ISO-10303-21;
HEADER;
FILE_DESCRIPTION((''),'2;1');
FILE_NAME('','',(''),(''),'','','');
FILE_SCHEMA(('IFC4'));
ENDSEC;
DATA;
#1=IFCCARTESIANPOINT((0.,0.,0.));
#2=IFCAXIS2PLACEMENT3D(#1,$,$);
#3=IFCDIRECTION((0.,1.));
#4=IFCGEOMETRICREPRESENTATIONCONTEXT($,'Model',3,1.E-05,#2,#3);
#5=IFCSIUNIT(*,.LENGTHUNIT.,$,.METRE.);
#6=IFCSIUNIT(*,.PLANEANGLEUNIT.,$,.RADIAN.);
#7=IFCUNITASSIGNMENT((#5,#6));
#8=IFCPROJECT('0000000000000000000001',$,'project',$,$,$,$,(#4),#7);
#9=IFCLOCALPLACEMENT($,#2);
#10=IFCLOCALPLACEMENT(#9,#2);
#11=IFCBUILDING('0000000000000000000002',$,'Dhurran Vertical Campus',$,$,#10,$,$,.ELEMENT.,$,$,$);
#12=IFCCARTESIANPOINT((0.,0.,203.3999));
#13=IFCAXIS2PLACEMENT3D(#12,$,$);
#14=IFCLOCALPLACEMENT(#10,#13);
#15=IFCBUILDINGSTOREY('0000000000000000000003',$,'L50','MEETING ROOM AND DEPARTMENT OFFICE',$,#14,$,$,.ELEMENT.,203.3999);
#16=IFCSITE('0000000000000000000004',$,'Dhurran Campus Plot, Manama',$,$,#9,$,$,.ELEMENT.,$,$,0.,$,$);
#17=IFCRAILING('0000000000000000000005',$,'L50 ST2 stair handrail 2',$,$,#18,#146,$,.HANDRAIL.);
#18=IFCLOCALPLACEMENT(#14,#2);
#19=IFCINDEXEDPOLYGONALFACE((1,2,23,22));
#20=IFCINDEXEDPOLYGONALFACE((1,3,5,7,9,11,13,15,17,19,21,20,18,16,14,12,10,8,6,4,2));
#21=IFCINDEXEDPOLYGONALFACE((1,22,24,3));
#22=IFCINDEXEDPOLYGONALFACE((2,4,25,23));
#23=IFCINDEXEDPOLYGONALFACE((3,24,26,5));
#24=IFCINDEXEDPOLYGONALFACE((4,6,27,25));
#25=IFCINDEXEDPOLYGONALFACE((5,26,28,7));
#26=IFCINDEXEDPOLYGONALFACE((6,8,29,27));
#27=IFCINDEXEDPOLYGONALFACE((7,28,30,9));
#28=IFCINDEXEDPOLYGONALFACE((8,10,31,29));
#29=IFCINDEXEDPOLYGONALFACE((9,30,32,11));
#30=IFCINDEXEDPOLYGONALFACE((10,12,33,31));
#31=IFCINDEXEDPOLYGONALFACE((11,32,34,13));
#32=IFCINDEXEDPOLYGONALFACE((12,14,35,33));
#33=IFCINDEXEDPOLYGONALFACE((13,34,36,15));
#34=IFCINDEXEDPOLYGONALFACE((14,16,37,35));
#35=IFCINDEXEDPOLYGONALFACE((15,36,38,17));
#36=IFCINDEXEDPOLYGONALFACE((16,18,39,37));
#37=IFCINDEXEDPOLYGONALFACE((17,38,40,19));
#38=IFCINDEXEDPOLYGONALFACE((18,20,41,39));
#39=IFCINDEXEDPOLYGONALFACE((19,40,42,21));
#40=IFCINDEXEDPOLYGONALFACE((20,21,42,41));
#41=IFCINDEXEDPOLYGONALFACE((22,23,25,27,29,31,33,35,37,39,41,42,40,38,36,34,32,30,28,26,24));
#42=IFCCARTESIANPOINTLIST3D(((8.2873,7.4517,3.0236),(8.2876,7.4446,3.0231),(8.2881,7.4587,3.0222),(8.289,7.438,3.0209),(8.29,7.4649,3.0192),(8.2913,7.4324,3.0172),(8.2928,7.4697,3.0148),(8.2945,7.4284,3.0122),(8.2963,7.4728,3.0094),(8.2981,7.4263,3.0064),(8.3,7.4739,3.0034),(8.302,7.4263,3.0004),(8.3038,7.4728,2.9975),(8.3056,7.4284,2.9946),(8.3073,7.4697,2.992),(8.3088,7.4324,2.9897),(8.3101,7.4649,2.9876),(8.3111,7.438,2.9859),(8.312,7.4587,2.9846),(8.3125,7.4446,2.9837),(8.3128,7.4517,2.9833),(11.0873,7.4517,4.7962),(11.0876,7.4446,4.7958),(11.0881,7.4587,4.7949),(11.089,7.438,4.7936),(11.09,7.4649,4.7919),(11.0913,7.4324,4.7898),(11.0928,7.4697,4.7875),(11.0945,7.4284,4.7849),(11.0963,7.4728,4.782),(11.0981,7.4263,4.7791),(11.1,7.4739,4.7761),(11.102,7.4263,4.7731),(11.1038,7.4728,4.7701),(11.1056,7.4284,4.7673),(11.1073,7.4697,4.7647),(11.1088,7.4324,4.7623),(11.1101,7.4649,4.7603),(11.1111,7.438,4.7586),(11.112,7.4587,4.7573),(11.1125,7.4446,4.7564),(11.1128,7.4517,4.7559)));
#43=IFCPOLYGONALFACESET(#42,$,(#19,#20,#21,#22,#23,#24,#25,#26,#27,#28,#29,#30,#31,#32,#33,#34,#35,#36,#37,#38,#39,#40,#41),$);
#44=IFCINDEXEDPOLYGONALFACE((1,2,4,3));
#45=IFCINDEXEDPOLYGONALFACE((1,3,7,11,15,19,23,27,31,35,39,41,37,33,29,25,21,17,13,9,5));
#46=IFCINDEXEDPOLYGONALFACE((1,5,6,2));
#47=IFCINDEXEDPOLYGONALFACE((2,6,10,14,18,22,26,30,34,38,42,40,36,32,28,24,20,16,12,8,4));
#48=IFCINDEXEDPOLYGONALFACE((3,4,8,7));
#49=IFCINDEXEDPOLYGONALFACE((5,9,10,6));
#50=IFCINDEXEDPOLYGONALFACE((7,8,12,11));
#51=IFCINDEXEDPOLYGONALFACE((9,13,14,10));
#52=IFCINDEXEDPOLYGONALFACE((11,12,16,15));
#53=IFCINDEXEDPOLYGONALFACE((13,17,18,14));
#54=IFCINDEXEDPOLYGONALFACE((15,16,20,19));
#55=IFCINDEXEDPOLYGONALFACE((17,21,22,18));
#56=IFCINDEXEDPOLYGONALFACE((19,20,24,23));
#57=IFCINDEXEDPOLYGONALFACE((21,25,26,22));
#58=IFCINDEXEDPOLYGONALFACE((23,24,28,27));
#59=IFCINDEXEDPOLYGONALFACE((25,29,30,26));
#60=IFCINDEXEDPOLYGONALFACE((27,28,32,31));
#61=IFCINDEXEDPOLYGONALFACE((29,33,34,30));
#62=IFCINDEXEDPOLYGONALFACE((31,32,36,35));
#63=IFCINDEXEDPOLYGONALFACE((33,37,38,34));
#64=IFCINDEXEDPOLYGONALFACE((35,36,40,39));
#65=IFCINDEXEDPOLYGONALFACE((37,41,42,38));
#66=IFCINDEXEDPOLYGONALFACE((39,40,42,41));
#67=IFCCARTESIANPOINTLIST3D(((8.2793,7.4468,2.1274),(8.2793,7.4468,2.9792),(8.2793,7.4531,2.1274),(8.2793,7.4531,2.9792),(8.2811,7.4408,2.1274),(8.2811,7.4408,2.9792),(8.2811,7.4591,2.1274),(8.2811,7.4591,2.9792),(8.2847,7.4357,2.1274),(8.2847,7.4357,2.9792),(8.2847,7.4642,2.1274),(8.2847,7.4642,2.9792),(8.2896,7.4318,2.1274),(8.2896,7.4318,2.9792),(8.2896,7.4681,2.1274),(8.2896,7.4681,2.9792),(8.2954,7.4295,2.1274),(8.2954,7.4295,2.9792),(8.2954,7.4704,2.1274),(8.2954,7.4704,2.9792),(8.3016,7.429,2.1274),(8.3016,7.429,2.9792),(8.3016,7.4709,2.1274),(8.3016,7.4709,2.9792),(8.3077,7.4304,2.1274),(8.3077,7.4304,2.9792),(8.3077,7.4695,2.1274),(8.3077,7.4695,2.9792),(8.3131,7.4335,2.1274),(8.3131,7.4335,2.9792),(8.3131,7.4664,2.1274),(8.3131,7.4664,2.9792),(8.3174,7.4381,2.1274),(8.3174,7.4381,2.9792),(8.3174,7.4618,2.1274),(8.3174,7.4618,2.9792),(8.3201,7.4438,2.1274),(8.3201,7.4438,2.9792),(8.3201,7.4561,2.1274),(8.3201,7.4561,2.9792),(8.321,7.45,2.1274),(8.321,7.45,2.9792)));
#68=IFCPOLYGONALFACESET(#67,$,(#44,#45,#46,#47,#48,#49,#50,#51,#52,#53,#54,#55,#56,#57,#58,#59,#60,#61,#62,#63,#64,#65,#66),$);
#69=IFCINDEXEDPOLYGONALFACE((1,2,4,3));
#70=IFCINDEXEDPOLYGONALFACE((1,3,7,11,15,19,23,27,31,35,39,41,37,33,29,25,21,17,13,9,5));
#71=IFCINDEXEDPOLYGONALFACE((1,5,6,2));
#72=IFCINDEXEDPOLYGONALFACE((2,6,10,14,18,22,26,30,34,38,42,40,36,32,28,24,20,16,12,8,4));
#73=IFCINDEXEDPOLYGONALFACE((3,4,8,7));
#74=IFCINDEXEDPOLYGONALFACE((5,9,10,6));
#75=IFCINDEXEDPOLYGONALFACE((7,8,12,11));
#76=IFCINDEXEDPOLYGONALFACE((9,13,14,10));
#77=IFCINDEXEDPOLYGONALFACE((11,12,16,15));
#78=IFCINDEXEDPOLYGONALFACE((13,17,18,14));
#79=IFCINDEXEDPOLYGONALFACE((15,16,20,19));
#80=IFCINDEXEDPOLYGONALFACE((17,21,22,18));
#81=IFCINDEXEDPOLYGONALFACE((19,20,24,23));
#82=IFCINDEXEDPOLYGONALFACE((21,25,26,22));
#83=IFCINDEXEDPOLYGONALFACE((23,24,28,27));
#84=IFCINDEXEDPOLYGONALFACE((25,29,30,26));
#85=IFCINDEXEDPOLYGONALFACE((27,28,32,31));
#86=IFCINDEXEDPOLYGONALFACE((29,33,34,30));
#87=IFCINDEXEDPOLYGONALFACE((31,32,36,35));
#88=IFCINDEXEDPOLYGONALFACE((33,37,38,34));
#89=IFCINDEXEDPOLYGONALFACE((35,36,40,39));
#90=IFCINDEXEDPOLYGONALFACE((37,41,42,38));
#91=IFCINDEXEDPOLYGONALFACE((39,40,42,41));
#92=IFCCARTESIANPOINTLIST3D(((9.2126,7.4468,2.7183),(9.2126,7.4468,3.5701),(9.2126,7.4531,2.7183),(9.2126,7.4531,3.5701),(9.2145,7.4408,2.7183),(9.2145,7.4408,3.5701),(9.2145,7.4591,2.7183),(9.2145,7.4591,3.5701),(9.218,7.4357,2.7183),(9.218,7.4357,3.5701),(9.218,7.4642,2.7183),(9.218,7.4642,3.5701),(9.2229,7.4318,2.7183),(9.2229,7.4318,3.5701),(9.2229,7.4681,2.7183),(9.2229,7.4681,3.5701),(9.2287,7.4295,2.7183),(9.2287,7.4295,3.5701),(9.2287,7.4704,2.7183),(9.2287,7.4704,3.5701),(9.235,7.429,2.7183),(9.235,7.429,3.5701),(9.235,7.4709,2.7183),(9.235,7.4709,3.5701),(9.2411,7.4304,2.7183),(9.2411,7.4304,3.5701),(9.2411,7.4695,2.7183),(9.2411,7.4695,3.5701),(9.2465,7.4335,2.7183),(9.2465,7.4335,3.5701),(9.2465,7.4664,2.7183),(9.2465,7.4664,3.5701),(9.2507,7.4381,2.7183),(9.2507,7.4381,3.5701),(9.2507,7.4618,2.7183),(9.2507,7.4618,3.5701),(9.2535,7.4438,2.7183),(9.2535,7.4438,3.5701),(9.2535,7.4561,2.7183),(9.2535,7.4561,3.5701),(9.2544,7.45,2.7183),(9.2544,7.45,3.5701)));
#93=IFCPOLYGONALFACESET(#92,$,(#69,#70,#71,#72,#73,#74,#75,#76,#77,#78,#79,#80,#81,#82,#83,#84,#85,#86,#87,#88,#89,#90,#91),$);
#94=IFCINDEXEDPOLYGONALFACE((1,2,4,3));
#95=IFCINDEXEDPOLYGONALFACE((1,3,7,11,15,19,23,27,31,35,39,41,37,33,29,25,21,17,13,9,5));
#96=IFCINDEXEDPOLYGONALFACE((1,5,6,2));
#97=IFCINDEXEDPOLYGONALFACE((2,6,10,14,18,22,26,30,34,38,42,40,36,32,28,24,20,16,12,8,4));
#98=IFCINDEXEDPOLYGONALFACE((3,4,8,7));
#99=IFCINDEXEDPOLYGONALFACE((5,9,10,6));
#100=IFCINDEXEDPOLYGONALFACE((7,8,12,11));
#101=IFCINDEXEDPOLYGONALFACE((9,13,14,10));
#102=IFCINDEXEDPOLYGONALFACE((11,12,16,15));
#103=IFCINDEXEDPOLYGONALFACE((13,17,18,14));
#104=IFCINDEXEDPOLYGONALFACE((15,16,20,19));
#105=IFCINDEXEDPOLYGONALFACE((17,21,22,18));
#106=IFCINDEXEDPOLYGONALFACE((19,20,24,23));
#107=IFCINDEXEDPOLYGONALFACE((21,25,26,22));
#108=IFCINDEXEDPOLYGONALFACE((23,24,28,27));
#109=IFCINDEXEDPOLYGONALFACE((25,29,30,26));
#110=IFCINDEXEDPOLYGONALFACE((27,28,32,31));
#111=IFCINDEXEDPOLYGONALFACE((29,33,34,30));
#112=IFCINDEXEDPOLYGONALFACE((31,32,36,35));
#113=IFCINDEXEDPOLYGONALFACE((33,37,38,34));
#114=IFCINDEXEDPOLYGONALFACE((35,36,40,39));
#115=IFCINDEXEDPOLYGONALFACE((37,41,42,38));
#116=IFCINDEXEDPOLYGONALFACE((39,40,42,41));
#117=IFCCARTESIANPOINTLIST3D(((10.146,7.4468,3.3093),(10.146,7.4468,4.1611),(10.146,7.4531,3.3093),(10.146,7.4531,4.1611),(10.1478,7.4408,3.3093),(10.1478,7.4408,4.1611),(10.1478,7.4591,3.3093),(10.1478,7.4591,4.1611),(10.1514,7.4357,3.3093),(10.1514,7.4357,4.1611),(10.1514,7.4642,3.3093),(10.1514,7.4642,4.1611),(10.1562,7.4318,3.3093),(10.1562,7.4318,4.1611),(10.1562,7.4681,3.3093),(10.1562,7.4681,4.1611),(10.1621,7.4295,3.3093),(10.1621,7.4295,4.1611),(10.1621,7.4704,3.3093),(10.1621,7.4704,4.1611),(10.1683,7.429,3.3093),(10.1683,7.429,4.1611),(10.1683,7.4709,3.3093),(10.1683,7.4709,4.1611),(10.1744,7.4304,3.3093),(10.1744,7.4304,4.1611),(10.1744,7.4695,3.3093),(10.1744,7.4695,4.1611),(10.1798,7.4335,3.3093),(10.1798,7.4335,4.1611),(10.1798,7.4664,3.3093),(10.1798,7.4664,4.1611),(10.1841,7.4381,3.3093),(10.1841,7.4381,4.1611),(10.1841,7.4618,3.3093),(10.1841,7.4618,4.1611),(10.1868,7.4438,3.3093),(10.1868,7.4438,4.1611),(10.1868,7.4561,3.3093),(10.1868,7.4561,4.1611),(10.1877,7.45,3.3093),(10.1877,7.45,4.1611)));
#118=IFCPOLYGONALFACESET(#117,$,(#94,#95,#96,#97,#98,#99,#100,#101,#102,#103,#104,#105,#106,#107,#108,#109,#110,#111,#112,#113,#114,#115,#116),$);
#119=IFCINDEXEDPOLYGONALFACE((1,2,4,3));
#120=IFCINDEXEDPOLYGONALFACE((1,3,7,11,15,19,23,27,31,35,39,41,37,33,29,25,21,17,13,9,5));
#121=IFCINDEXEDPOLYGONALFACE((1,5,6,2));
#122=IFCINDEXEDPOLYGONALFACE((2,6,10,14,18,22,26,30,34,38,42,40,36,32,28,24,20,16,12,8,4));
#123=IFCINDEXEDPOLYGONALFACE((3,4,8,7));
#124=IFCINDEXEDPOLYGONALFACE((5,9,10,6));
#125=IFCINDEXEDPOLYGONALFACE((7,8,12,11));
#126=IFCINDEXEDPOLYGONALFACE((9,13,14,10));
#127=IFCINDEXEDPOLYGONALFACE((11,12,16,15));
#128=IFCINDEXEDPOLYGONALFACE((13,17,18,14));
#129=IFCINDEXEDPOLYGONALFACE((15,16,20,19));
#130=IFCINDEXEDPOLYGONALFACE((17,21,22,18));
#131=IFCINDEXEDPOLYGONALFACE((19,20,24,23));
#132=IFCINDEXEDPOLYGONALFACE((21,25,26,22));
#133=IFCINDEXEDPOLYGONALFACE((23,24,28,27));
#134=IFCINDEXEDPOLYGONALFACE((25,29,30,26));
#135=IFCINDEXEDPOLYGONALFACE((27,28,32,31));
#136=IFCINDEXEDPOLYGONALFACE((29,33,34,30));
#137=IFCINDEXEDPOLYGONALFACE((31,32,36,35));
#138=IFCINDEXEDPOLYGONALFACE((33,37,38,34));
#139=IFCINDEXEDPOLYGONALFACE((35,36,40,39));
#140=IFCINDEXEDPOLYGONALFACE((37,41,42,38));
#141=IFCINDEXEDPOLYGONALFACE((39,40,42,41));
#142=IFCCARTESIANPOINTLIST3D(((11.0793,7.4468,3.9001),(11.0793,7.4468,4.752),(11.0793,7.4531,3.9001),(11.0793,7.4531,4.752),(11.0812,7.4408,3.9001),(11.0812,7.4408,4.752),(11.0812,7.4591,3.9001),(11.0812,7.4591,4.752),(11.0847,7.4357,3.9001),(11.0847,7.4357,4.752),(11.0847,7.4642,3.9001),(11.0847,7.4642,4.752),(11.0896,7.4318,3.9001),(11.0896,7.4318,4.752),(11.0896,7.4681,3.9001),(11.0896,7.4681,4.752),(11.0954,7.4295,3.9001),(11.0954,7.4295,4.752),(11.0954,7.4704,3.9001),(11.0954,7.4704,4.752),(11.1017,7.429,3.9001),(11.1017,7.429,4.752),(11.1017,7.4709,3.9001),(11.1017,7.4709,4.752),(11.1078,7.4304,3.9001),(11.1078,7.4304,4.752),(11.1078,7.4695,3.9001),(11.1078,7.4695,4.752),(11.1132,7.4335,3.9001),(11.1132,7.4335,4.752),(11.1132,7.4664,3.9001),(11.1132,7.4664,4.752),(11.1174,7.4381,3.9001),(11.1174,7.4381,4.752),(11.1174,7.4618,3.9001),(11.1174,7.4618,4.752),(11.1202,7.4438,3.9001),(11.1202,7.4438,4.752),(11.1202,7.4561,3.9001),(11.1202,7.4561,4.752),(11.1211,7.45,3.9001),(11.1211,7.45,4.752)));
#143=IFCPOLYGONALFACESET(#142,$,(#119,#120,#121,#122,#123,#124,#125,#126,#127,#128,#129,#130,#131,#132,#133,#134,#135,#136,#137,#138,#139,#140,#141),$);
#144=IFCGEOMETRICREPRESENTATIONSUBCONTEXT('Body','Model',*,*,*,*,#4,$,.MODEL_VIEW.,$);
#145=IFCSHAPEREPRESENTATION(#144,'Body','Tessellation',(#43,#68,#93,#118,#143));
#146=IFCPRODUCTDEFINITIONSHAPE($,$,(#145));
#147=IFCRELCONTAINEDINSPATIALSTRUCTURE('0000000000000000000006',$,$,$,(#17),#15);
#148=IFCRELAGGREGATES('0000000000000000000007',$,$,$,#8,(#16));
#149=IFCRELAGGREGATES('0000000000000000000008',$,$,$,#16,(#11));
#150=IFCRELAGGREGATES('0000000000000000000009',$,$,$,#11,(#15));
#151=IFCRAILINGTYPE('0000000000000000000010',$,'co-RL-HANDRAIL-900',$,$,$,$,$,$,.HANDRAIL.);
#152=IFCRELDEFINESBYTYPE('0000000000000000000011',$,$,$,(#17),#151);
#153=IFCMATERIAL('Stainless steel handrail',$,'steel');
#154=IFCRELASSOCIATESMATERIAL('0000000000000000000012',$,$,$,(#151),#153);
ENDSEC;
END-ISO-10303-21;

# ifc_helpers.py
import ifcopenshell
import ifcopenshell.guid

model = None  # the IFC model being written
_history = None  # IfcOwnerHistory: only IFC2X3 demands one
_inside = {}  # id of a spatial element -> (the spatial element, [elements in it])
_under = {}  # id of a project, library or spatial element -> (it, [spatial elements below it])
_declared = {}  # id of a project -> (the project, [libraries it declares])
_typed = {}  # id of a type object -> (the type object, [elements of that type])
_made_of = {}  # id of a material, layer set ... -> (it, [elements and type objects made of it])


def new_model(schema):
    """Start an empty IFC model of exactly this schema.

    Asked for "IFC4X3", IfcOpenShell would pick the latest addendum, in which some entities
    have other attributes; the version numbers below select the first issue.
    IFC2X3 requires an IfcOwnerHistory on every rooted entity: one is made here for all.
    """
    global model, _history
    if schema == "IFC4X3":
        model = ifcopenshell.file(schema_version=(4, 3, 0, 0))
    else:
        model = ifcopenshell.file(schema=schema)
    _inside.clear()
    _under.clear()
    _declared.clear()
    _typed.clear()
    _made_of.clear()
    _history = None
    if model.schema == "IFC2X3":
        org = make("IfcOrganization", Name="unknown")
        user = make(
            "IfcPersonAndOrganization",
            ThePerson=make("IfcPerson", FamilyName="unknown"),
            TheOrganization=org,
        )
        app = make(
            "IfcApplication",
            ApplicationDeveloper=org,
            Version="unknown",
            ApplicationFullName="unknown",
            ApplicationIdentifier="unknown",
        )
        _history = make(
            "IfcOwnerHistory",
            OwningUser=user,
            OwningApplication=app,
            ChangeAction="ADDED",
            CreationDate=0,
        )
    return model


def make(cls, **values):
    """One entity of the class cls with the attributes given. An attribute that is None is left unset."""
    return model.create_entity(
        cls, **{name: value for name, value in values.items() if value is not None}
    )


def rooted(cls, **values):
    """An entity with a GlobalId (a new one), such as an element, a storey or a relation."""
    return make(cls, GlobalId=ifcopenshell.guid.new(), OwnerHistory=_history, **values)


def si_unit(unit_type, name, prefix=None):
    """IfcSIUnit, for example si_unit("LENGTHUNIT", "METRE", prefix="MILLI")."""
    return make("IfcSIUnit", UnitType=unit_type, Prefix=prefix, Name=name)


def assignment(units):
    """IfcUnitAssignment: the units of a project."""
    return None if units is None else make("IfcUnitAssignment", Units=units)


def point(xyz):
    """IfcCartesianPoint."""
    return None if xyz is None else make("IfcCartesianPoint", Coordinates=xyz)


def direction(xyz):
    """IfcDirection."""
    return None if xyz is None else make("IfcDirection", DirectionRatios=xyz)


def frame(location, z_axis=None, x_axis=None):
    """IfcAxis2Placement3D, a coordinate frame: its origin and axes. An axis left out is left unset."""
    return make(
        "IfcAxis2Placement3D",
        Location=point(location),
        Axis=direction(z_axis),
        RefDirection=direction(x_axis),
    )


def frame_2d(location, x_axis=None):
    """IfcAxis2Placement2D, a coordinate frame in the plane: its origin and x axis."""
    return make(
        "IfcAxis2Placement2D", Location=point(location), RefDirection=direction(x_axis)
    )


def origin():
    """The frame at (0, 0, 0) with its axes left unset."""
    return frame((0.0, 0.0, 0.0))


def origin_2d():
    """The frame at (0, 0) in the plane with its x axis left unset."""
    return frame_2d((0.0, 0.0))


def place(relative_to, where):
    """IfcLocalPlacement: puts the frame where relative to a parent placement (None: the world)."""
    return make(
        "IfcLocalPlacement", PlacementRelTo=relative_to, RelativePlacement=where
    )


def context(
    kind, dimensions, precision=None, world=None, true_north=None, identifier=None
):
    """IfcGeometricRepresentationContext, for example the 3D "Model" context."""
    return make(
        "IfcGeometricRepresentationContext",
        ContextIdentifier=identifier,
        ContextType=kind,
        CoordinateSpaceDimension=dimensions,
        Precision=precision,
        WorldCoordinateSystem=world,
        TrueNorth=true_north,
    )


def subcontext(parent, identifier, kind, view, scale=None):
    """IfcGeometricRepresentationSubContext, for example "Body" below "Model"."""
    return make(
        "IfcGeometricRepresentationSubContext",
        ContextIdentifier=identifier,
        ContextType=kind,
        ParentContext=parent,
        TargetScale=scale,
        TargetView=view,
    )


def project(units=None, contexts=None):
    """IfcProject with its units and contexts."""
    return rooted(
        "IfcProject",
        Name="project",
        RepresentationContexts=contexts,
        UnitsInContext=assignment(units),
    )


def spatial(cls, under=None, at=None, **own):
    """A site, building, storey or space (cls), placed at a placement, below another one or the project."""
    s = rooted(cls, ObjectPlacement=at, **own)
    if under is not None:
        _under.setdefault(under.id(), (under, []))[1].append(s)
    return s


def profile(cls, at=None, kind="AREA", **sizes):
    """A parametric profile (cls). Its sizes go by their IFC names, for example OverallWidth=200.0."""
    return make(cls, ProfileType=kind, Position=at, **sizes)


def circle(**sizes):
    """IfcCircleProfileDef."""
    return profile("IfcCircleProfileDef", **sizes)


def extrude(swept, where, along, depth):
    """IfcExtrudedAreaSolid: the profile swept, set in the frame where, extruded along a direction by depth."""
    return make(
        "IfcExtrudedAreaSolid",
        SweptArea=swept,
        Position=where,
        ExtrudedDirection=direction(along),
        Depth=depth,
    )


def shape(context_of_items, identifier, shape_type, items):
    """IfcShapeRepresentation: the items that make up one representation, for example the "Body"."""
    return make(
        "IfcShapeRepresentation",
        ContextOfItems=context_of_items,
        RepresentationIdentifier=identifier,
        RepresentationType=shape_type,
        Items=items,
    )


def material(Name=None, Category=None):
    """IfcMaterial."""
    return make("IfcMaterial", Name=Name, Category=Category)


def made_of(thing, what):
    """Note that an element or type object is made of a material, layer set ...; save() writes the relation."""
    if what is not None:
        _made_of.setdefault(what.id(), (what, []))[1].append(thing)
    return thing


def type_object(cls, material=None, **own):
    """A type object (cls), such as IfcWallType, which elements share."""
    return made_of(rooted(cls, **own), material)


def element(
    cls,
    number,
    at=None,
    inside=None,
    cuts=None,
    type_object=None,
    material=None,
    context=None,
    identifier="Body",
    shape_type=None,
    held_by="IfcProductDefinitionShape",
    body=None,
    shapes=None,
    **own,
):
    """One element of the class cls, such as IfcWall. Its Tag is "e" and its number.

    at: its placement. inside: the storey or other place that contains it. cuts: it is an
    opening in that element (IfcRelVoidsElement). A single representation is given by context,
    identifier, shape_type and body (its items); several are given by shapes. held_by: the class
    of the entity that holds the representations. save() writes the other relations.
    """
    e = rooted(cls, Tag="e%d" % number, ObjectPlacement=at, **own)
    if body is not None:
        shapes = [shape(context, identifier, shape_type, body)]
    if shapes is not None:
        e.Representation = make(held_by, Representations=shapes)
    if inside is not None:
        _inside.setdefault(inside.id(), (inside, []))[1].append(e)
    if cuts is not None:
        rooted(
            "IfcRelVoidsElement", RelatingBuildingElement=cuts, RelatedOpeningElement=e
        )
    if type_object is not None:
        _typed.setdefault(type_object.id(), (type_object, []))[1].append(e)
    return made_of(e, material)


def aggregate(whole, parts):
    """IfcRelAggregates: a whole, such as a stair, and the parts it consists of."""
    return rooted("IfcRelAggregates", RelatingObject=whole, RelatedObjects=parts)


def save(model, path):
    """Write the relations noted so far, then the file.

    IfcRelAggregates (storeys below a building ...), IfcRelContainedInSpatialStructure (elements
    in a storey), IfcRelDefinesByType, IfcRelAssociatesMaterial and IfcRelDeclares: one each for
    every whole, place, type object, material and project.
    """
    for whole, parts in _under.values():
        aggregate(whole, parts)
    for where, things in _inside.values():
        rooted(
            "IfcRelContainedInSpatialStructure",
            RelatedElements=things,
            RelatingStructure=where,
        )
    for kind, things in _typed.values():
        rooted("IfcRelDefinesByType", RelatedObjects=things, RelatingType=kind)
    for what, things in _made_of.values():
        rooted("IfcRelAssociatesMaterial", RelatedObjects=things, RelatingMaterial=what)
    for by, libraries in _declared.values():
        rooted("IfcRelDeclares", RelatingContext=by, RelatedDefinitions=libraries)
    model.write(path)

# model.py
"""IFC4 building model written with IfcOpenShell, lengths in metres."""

from ifc_helpers import new_model, si_unit, direction, frame, origin, origin_2d, place, context, subcontext, project, spatial, circle, extrude, material, type_object, element, save


model = new_model("IFC4")

# Units and contexts
model_context = context("Model", 3, precision=1e-05, world=origin(), true_north=direction((0.0, 1.0)))
body_context = subcontext(model_context, "Body", "Model", "MODEL_VIEW")
ifc_project = project(units=[si_unit("LENGTHUNIT", "METRE"), si_unit("PLANEANGLEUNIT", "RADIAN")], contexts=[model_context])

# Site, building, storey
site_placement = place(None, origin())
site = spatial("IfcSite", under=ifc_project, at=site_placement, Name="Dhurran Campus Plot, Manama", CompositionType="ELEMENT", RefElevation=0.0)
building_placement = place(site_placement, origin())
building = spatial("IfcBuilding", under=site, at=building_placement, Name="Dhurran Vertical Campus", CompositionType="ELEMENT")
storey_placement = place(building_placement, frame((0.0, 0.0, 203.3999)))
storey = spatial("IfcBuildingStorey", under=building, at=storey_placement, Name="L50", Description="MEETING ROOM AND DEPARTMENT OFFICE", CompositionType="ELEMENT", Elevation=203.3999)

# Railing
ifc_material_1 = material(Name="Stainless steel handrail", Category="steel")
railing_type_1 = type_object("IfcRailingType", Name="co-RL-HANDRAIL-900", PredefinedType="HANDRAIL", material=ifc_material_1)
railing_1_placement = place(storey_placement, frame((8.3, 7.45, 2.1274)))
element("IfcRailing", 1, at=railing_1_placement, inside=storey, type_object=railing_type_1, Name="L50 ST2 stair handrail 2", PredefinedType="HANDRAIL", context=body_context, shape_type="SweptSolid", body=[
    extrude(circle(Radius=0.0239, at=origin_2d()), frame((0.0, 0.0, 0.876), z_axis=(0.844909, 0.0, 0.53491), x_axis=(0.0, 1.0, 0.0)), (0.0, 0.0, 1.0), 3.314),
    extrude(circle(Radius=0.021, at=origin_2d()), origin(), (0.0, 0.0, 1.0), 0.8518),
    extrude(circle(Radius=0.021, at=origin_2d()), frame((0.9333, 0.0, 0.5908)), (0.0, 0.0, 1.0), 0.8518),
    extrude(circle(Radius=0.021, at=origin_2d()), frame((1.8667, 0.0, 1.1819)), (0.0, 0.0, 1.0), 0.8518),
    extrude(circle(Radius=0.021, at=origin_2d()), frame((2.8, 0.0, 1.7727)), (0.0, 0.0, 1.0), 0.8518),
])

save(model, "model.ifc")
